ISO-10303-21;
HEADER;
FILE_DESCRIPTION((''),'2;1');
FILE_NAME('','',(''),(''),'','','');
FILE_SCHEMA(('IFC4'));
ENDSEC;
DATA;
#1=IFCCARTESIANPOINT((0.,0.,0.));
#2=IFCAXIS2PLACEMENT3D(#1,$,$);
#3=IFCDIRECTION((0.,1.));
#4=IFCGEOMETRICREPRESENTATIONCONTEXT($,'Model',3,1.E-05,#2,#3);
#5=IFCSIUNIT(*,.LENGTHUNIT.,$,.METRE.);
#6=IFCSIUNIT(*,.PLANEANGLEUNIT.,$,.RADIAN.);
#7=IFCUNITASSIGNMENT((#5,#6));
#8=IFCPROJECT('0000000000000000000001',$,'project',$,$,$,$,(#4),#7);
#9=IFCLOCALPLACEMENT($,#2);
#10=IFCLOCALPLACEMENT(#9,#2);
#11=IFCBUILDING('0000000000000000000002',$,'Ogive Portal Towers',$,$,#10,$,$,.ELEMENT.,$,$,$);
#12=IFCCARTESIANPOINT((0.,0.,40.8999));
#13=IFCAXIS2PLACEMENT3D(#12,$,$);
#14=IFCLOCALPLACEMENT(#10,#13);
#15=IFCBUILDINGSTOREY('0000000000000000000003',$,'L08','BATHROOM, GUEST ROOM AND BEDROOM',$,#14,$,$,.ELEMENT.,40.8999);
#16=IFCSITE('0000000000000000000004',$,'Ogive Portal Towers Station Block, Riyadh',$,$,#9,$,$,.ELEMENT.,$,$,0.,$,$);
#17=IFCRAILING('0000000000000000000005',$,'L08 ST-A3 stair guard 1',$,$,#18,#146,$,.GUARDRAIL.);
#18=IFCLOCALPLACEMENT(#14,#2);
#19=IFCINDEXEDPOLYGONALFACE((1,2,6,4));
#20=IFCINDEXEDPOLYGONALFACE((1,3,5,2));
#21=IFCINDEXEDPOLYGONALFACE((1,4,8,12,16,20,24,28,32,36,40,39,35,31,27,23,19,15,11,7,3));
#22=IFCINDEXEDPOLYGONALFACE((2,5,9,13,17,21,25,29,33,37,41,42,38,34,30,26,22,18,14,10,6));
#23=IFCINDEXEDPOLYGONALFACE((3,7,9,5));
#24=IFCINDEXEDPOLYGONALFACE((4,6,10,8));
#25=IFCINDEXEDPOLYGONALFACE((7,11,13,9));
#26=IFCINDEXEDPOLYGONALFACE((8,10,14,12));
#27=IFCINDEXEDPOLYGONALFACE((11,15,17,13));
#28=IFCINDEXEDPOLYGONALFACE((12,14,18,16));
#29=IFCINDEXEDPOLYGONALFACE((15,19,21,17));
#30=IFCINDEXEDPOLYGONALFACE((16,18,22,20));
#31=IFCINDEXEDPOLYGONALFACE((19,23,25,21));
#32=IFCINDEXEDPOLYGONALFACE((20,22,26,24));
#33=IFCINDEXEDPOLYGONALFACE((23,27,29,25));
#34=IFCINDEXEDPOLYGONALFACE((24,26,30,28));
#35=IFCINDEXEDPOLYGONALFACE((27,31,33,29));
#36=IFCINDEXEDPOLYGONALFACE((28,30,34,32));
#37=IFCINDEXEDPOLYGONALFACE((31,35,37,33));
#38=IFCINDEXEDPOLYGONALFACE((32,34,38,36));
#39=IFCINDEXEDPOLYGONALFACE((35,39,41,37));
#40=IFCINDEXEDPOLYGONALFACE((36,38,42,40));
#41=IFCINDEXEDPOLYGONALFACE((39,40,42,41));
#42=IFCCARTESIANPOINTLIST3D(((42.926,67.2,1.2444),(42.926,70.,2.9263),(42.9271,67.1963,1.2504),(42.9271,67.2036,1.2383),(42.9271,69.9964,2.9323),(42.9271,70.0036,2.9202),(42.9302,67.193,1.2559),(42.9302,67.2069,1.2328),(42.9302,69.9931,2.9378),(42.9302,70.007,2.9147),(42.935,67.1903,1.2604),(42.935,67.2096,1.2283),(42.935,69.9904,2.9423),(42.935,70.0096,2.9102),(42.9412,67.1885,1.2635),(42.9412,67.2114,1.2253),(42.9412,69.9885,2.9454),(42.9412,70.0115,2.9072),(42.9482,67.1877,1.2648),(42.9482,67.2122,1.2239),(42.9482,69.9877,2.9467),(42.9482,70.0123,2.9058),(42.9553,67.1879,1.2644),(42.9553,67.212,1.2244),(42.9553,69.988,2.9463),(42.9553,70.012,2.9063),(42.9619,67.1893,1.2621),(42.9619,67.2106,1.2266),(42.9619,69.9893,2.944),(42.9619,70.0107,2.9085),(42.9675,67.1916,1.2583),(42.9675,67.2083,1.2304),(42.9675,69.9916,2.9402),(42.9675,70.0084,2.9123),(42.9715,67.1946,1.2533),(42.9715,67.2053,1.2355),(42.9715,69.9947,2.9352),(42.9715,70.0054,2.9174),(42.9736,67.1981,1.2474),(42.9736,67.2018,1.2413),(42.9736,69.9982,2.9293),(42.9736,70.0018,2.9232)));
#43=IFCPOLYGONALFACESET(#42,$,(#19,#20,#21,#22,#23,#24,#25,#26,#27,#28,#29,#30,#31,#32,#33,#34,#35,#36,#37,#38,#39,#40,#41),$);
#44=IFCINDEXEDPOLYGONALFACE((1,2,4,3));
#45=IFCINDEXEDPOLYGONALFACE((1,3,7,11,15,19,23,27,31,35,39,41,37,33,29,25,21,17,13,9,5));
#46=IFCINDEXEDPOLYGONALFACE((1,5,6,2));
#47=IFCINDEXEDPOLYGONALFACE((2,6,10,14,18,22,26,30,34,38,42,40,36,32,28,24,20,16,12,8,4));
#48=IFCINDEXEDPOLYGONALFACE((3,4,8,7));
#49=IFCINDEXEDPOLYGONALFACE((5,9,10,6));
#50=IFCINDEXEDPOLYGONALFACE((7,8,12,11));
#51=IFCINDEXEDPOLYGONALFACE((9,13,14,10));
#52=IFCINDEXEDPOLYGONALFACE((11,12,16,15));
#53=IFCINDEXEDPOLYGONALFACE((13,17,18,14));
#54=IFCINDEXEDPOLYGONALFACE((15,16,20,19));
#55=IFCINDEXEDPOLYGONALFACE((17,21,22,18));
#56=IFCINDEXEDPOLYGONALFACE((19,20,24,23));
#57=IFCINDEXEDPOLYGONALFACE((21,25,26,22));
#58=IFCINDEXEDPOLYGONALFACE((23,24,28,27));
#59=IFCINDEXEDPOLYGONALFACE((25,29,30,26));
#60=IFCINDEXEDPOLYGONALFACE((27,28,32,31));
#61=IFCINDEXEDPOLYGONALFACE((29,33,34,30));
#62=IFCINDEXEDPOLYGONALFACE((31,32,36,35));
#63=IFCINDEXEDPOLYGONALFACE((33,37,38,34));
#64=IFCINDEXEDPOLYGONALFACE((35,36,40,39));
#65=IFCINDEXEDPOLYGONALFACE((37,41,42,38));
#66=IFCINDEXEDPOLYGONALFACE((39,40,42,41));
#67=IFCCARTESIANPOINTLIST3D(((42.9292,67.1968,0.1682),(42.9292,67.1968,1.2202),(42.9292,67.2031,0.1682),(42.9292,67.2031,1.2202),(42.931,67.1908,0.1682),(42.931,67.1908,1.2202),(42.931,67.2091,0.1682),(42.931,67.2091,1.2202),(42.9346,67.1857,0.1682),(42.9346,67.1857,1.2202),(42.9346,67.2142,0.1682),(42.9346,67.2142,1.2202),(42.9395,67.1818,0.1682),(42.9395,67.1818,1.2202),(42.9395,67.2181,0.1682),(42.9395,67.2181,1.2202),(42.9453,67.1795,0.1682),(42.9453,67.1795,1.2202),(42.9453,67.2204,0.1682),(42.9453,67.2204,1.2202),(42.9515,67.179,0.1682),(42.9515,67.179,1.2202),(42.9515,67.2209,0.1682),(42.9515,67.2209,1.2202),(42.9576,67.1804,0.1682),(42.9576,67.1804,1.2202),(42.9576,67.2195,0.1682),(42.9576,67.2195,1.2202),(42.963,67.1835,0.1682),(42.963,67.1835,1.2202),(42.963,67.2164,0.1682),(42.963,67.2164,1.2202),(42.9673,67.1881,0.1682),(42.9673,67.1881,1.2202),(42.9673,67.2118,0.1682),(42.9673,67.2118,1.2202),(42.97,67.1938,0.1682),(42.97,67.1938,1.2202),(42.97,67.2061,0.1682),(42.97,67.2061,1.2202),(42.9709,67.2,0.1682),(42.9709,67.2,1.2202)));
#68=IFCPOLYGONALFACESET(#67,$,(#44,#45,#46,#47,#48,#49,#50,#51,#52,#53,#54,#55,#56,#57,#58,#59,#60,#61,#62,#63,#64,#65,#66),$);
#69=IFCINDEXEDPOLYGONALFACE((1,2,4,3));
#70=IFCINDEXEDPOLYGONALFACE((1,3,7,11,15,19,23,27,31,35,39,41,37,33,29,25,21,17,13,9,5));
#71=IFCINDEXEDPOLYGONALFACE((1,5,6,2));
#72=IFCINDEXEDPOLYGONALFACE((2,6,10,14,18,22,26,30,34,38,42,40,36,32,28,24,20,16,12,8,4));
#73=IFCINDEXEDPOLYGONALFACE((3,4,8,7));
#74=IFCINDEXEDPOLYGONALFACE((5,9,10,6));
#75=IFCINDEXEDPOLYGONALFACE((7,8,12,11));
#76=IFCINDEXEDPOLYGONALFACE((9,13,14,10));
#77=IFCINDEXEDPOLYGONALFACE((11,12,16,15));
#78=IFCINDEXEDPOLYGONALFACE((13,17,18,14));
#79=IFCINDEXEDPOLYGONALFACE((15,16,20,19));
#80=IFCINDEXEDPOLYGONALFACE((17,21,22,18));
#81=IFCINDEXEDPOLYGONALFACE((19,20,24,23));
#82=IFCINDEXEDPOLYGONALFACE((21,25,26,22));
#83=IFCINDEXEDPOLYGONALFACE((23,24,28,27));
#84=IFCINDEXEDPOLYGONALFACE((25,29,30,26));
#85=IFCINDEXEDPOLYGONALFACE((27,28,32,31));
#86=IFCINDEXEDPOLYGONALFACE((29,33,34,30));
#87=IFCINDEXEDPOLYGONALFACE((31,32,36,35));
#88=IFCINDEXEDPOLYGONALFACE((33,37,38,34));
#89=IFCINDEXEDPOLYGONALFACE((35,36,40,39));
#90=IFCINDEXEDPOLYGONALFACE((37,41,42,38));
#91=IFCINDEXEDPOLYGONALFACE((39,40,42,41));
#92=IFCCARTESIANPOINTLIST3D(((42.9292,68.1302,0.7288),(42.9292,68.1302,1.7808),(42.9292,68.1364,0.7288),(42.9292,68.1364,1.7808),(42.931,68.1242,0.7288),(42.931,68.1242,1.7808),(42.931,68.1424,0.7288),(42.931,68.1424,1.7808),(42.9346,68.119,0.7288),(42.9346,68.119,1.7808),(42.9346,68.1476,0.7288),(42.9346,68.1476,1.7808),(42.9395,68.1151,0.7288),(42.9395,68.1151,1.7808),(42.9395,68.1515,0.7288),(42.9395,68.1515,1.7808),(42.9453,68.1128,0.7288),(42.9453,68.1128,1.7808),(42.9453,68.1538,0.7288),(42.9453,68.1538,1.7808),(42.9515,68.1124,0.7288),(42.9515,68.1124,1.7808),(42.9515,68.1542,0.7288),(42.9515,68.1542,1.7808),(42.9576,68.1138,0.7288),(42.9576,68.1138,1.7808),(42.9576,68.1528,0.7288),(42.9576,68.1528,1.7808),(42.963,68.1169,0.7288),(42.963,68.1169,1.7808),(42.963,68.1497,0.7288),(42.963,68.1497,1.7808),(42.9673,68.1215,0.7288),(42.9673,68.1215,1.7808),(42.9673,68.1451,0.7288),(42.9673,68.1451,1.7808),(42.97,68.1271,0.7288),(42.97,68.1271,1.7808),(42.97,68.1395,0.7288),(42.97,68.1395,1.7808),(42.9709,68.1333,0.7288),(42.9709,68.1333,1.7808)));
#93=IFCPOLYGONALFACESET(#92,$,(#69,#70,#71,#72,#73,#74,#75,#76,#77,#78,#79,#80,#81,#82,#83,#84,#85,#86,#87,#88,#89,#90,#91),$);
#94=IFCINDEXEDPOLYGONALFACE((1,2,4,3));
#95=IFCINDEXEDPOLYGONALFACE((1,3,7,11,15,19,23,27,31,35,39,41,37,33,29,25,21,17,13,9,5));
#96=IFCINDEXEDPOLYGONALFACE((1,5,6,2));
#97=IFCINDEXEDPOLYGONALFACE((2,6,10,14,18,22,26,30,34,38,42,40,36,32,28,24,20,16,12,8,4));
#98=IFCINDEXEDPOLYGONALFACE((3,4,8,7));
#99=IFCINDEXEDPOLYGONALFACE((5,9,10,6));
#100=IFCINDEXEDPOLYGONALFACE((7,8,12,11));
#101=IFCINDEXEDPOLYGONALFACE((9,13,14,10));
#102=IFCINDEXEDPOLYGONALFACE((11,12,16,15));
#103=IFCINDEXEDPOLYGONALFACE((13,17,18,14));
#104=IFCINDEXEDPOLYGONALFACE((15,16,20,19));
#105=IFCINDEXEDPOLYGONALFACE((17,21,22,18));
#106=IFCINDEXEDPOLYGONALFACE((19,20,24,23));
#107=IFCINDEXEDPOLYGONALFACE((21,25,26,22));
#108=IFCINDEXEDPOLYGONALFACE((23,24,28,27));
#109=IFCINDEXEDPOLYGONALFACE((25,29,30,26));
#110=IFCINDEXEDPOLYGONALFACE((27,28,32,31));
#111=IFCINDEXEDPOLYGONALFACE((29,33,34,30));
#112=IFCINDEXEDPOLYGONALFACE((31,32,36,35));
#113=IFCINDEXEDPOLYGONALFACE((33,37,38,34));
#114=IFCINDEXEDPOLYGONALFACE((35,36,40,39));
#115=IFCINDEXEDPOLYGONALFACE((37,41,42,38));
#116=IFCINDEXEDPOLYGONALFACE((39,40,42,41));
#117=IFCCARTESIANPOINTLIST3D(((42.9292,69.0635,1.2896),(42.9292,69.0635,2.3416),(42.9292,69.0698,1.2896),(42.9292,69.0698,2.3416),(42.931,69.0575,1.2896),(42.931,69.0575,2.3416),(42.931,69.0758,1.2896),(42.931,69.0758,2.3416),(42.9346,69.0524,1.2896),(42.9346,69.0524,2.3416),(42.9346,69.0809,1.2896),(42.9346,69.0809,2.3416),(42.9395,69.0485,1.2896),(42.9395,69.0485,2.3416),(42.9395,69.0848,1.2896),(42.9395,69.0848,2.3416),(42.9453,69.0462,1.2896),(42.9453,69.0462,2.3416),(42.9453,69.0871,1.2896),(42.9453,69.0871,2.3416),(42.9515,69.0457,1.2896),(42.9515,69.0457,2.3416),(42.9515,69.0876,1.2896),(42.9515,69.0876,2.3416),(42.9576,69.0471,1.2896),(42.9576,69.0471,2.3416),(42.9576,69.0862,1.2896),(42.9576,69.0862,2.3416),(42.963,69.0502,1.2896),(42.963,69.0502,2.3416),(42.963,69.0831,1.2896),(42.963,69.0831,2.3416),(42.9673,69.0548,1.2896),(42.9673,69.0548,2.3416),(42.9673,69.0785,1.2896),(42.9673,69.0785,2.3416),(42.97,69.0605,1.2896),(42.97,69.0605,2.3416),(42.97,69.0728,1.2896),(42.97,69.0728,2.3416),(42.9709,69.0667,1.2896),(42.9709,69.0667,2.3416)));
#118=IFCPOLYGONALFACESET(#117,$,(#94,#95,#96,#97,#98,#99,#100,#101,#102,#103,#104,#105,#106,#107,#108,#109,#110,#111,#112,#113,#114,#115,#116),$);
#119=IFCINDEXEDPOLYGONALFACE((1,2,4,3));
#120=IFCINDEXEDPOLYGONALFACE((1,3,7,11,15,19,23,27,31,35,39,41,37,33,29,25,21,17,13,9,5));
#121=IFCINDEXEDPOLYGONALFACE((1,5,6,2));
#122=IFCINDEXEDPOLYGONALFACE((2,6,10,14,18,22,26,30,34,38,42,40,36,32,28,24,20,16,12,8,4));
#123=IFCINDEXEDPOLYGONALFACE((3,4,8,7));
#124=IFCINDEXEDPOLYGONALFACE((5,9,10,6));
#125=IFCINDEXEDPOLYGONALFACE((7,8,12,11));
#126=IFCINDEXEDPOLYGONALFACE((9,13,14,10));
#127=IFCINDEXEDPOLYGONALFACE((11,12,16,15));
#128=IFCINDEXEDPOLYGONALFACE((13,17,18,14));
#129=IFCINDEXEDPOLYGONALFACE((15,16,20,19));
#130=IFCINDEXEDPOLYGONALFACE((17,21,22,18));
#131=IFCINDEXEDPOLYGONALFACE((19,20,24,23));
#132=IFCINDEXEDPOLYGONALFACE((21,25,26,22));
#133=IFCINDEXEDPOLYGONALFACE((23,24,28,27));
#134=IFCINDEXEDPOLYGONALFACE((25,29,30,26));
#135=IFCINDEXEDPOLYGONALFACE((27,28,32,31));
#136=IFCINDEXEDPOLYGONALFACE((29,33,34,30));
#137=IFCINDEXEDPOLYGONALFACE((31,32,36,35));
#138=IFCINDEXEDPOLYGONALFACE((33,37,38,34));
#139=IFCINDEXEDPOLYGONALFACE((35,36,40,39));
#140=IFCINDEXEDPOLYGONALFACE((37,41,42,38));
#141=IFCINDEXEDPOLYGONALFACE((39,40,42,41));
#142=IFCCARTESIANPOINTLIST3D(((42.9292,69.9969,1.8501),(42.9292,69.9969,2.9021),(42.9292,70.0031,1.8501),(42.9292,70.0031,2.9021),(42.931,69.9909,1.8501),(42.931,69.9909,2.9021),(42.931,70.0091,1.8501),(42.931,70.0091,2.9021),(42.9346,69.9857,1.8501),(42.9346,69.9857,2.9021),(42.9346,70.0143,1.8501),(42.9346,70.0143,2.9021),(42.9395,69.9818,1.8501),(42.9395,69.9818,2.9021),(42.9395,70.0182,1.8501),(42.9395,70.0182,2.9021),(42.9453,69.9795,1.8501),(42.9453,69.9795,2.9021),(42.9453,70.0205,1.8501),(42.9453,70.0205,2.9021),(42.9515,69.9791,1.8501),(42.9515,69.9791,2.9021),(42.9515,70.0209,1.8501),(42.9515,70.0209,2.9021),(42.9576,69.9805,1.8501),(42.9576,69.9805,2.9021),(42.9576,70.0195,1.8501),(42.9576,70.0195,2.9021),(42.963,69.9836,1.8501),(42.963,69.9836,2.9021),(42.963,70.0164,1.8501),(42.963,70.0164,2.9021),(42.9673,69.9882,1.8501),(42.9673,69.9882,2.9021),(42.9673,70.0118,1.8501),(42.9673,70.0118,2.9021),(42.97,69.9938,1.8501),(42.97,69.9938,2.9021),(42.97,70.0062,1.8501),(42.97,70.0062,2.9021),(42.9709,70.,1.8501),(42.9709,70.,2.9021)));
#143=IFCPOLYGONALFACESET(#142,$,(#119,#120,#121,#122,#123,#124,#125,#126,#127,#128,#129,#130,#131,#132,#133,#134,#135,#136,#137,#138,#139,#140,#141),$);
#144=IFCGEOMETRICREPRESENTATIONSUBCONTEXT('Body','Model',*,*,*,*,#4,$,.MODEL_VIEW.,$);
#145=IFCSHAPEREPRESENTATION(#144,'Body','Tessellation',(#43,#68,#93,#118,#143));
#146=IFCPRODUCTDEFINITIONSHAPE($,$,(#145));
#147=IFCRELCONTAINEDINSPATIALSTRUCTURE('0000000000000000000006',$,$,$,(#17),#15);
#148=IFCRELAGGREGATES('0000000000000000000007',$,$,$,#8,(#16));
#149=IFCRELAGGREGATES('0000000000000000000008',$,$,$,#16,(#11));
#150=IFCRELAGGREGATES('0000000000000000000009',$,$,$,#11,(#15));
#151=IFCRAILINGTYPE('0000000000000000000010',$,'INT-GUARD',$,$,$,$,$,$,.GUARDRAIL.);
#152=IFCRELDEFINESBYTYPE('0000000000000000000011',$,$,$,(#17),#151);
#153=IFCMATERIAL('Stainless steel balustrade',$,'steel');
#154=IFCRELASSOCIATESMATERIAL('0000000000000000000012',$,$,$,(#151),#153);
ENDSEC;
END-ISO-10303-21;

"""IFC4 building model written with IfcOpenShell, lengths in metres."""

from ifc_helpers import new_model, si_unit, direction, frame, origin, origin_2d, place, context, subcontext, project, spatial, circle, extrude, material, type_object, element, save


model = new_model("IFC4")

# Units and contexts
model_context = context("Model", 3, precision=1e-05, world=origin(), true_north=direction((0.0, 1.0)))
body_context = subcontext(model_context, "Body", "Model", "MODEL_VIEW")
ifc_project = project(units=[si_unit("LENGTHUNIT", "METRE"), si_unit("PLANEANGLEUNIT", "RADIAN")], contexts=[model_context])

# Site, building, storey
site_placement = place(None, origin())
site = spatial("IfcSite", under=ifc_project, at=site_placement, Name="Ogive Portal Towers Station Block, Riyadh", CompositionType="ELEMENT", RefElevation=0.0)
building_placement = place(site_placement, origin())
building = spatial("IfcBuilding", under=site, at=building_placement, Name="Ogive Portal Towers", CompositionType="ELEMENT")
storey_placement = place(building_placement, frame((0.0, 0.0, 40.8999)))
storey = spatial("IfcBuildingStorey", under=building, at=storey_placement, Name="L08", Description="BATHROOM, GUEST ROOM AND BEDROOM", CompositionType="ELEMENT", Elevation=40.8999)

# Railing
ifc_material_1 = material(Name="Stainless steel balustrade", Category="steel")
railing_type = type_object("IfcRailingType", Name="INT-GUARD", PredefinedType="GUARDRAIL", material=ifc_material_1)
railing_1_placement = place(storey_placement, frame((42.95, 67.2, 0.1682)))
element("IfcRailing", 1, at=railing_1_placement, inside=storey, type_object=railing_type, Name="L08 ST-A3 stair guard 1", PredefinedType="GUARDRAIL", context=body_context, shape_type="SweptSolid", body=[
    extrude(circle(Radius=0.0239, at=origin_2d()), frame((0.0, 0.0, 1.0762), z_axis=(0.0, 0.857242, 0.514913), x_axis=(-1.0, 0.0, 0.0)), (0.0, 0.0, 1.0), 3.2664),
    extrude(circle(Radius=0.021, at=origin_2d()), origin(), (0.0, 0.0, 1.0), 1.052),
    extrude(circle(Radius=0.021, at=origin_2d()), frame((0.0, 0.9333, 0.5605)), (0.0, 0.0, 1.0), 1.052),
    extrude(circle(Radius=0.021, at=origin_2d()), frame((0.0, 1.8667, 1.1213)), (0.0, 0.0, 1.0), 1.052),
    extrude(circle(Radius=0.021, at=origin_2d()), frame((0.0, 2.8, 1.6819)), (0.0, 0.0, 1.0), 1.052),
])

save(model, "model.ifc")
